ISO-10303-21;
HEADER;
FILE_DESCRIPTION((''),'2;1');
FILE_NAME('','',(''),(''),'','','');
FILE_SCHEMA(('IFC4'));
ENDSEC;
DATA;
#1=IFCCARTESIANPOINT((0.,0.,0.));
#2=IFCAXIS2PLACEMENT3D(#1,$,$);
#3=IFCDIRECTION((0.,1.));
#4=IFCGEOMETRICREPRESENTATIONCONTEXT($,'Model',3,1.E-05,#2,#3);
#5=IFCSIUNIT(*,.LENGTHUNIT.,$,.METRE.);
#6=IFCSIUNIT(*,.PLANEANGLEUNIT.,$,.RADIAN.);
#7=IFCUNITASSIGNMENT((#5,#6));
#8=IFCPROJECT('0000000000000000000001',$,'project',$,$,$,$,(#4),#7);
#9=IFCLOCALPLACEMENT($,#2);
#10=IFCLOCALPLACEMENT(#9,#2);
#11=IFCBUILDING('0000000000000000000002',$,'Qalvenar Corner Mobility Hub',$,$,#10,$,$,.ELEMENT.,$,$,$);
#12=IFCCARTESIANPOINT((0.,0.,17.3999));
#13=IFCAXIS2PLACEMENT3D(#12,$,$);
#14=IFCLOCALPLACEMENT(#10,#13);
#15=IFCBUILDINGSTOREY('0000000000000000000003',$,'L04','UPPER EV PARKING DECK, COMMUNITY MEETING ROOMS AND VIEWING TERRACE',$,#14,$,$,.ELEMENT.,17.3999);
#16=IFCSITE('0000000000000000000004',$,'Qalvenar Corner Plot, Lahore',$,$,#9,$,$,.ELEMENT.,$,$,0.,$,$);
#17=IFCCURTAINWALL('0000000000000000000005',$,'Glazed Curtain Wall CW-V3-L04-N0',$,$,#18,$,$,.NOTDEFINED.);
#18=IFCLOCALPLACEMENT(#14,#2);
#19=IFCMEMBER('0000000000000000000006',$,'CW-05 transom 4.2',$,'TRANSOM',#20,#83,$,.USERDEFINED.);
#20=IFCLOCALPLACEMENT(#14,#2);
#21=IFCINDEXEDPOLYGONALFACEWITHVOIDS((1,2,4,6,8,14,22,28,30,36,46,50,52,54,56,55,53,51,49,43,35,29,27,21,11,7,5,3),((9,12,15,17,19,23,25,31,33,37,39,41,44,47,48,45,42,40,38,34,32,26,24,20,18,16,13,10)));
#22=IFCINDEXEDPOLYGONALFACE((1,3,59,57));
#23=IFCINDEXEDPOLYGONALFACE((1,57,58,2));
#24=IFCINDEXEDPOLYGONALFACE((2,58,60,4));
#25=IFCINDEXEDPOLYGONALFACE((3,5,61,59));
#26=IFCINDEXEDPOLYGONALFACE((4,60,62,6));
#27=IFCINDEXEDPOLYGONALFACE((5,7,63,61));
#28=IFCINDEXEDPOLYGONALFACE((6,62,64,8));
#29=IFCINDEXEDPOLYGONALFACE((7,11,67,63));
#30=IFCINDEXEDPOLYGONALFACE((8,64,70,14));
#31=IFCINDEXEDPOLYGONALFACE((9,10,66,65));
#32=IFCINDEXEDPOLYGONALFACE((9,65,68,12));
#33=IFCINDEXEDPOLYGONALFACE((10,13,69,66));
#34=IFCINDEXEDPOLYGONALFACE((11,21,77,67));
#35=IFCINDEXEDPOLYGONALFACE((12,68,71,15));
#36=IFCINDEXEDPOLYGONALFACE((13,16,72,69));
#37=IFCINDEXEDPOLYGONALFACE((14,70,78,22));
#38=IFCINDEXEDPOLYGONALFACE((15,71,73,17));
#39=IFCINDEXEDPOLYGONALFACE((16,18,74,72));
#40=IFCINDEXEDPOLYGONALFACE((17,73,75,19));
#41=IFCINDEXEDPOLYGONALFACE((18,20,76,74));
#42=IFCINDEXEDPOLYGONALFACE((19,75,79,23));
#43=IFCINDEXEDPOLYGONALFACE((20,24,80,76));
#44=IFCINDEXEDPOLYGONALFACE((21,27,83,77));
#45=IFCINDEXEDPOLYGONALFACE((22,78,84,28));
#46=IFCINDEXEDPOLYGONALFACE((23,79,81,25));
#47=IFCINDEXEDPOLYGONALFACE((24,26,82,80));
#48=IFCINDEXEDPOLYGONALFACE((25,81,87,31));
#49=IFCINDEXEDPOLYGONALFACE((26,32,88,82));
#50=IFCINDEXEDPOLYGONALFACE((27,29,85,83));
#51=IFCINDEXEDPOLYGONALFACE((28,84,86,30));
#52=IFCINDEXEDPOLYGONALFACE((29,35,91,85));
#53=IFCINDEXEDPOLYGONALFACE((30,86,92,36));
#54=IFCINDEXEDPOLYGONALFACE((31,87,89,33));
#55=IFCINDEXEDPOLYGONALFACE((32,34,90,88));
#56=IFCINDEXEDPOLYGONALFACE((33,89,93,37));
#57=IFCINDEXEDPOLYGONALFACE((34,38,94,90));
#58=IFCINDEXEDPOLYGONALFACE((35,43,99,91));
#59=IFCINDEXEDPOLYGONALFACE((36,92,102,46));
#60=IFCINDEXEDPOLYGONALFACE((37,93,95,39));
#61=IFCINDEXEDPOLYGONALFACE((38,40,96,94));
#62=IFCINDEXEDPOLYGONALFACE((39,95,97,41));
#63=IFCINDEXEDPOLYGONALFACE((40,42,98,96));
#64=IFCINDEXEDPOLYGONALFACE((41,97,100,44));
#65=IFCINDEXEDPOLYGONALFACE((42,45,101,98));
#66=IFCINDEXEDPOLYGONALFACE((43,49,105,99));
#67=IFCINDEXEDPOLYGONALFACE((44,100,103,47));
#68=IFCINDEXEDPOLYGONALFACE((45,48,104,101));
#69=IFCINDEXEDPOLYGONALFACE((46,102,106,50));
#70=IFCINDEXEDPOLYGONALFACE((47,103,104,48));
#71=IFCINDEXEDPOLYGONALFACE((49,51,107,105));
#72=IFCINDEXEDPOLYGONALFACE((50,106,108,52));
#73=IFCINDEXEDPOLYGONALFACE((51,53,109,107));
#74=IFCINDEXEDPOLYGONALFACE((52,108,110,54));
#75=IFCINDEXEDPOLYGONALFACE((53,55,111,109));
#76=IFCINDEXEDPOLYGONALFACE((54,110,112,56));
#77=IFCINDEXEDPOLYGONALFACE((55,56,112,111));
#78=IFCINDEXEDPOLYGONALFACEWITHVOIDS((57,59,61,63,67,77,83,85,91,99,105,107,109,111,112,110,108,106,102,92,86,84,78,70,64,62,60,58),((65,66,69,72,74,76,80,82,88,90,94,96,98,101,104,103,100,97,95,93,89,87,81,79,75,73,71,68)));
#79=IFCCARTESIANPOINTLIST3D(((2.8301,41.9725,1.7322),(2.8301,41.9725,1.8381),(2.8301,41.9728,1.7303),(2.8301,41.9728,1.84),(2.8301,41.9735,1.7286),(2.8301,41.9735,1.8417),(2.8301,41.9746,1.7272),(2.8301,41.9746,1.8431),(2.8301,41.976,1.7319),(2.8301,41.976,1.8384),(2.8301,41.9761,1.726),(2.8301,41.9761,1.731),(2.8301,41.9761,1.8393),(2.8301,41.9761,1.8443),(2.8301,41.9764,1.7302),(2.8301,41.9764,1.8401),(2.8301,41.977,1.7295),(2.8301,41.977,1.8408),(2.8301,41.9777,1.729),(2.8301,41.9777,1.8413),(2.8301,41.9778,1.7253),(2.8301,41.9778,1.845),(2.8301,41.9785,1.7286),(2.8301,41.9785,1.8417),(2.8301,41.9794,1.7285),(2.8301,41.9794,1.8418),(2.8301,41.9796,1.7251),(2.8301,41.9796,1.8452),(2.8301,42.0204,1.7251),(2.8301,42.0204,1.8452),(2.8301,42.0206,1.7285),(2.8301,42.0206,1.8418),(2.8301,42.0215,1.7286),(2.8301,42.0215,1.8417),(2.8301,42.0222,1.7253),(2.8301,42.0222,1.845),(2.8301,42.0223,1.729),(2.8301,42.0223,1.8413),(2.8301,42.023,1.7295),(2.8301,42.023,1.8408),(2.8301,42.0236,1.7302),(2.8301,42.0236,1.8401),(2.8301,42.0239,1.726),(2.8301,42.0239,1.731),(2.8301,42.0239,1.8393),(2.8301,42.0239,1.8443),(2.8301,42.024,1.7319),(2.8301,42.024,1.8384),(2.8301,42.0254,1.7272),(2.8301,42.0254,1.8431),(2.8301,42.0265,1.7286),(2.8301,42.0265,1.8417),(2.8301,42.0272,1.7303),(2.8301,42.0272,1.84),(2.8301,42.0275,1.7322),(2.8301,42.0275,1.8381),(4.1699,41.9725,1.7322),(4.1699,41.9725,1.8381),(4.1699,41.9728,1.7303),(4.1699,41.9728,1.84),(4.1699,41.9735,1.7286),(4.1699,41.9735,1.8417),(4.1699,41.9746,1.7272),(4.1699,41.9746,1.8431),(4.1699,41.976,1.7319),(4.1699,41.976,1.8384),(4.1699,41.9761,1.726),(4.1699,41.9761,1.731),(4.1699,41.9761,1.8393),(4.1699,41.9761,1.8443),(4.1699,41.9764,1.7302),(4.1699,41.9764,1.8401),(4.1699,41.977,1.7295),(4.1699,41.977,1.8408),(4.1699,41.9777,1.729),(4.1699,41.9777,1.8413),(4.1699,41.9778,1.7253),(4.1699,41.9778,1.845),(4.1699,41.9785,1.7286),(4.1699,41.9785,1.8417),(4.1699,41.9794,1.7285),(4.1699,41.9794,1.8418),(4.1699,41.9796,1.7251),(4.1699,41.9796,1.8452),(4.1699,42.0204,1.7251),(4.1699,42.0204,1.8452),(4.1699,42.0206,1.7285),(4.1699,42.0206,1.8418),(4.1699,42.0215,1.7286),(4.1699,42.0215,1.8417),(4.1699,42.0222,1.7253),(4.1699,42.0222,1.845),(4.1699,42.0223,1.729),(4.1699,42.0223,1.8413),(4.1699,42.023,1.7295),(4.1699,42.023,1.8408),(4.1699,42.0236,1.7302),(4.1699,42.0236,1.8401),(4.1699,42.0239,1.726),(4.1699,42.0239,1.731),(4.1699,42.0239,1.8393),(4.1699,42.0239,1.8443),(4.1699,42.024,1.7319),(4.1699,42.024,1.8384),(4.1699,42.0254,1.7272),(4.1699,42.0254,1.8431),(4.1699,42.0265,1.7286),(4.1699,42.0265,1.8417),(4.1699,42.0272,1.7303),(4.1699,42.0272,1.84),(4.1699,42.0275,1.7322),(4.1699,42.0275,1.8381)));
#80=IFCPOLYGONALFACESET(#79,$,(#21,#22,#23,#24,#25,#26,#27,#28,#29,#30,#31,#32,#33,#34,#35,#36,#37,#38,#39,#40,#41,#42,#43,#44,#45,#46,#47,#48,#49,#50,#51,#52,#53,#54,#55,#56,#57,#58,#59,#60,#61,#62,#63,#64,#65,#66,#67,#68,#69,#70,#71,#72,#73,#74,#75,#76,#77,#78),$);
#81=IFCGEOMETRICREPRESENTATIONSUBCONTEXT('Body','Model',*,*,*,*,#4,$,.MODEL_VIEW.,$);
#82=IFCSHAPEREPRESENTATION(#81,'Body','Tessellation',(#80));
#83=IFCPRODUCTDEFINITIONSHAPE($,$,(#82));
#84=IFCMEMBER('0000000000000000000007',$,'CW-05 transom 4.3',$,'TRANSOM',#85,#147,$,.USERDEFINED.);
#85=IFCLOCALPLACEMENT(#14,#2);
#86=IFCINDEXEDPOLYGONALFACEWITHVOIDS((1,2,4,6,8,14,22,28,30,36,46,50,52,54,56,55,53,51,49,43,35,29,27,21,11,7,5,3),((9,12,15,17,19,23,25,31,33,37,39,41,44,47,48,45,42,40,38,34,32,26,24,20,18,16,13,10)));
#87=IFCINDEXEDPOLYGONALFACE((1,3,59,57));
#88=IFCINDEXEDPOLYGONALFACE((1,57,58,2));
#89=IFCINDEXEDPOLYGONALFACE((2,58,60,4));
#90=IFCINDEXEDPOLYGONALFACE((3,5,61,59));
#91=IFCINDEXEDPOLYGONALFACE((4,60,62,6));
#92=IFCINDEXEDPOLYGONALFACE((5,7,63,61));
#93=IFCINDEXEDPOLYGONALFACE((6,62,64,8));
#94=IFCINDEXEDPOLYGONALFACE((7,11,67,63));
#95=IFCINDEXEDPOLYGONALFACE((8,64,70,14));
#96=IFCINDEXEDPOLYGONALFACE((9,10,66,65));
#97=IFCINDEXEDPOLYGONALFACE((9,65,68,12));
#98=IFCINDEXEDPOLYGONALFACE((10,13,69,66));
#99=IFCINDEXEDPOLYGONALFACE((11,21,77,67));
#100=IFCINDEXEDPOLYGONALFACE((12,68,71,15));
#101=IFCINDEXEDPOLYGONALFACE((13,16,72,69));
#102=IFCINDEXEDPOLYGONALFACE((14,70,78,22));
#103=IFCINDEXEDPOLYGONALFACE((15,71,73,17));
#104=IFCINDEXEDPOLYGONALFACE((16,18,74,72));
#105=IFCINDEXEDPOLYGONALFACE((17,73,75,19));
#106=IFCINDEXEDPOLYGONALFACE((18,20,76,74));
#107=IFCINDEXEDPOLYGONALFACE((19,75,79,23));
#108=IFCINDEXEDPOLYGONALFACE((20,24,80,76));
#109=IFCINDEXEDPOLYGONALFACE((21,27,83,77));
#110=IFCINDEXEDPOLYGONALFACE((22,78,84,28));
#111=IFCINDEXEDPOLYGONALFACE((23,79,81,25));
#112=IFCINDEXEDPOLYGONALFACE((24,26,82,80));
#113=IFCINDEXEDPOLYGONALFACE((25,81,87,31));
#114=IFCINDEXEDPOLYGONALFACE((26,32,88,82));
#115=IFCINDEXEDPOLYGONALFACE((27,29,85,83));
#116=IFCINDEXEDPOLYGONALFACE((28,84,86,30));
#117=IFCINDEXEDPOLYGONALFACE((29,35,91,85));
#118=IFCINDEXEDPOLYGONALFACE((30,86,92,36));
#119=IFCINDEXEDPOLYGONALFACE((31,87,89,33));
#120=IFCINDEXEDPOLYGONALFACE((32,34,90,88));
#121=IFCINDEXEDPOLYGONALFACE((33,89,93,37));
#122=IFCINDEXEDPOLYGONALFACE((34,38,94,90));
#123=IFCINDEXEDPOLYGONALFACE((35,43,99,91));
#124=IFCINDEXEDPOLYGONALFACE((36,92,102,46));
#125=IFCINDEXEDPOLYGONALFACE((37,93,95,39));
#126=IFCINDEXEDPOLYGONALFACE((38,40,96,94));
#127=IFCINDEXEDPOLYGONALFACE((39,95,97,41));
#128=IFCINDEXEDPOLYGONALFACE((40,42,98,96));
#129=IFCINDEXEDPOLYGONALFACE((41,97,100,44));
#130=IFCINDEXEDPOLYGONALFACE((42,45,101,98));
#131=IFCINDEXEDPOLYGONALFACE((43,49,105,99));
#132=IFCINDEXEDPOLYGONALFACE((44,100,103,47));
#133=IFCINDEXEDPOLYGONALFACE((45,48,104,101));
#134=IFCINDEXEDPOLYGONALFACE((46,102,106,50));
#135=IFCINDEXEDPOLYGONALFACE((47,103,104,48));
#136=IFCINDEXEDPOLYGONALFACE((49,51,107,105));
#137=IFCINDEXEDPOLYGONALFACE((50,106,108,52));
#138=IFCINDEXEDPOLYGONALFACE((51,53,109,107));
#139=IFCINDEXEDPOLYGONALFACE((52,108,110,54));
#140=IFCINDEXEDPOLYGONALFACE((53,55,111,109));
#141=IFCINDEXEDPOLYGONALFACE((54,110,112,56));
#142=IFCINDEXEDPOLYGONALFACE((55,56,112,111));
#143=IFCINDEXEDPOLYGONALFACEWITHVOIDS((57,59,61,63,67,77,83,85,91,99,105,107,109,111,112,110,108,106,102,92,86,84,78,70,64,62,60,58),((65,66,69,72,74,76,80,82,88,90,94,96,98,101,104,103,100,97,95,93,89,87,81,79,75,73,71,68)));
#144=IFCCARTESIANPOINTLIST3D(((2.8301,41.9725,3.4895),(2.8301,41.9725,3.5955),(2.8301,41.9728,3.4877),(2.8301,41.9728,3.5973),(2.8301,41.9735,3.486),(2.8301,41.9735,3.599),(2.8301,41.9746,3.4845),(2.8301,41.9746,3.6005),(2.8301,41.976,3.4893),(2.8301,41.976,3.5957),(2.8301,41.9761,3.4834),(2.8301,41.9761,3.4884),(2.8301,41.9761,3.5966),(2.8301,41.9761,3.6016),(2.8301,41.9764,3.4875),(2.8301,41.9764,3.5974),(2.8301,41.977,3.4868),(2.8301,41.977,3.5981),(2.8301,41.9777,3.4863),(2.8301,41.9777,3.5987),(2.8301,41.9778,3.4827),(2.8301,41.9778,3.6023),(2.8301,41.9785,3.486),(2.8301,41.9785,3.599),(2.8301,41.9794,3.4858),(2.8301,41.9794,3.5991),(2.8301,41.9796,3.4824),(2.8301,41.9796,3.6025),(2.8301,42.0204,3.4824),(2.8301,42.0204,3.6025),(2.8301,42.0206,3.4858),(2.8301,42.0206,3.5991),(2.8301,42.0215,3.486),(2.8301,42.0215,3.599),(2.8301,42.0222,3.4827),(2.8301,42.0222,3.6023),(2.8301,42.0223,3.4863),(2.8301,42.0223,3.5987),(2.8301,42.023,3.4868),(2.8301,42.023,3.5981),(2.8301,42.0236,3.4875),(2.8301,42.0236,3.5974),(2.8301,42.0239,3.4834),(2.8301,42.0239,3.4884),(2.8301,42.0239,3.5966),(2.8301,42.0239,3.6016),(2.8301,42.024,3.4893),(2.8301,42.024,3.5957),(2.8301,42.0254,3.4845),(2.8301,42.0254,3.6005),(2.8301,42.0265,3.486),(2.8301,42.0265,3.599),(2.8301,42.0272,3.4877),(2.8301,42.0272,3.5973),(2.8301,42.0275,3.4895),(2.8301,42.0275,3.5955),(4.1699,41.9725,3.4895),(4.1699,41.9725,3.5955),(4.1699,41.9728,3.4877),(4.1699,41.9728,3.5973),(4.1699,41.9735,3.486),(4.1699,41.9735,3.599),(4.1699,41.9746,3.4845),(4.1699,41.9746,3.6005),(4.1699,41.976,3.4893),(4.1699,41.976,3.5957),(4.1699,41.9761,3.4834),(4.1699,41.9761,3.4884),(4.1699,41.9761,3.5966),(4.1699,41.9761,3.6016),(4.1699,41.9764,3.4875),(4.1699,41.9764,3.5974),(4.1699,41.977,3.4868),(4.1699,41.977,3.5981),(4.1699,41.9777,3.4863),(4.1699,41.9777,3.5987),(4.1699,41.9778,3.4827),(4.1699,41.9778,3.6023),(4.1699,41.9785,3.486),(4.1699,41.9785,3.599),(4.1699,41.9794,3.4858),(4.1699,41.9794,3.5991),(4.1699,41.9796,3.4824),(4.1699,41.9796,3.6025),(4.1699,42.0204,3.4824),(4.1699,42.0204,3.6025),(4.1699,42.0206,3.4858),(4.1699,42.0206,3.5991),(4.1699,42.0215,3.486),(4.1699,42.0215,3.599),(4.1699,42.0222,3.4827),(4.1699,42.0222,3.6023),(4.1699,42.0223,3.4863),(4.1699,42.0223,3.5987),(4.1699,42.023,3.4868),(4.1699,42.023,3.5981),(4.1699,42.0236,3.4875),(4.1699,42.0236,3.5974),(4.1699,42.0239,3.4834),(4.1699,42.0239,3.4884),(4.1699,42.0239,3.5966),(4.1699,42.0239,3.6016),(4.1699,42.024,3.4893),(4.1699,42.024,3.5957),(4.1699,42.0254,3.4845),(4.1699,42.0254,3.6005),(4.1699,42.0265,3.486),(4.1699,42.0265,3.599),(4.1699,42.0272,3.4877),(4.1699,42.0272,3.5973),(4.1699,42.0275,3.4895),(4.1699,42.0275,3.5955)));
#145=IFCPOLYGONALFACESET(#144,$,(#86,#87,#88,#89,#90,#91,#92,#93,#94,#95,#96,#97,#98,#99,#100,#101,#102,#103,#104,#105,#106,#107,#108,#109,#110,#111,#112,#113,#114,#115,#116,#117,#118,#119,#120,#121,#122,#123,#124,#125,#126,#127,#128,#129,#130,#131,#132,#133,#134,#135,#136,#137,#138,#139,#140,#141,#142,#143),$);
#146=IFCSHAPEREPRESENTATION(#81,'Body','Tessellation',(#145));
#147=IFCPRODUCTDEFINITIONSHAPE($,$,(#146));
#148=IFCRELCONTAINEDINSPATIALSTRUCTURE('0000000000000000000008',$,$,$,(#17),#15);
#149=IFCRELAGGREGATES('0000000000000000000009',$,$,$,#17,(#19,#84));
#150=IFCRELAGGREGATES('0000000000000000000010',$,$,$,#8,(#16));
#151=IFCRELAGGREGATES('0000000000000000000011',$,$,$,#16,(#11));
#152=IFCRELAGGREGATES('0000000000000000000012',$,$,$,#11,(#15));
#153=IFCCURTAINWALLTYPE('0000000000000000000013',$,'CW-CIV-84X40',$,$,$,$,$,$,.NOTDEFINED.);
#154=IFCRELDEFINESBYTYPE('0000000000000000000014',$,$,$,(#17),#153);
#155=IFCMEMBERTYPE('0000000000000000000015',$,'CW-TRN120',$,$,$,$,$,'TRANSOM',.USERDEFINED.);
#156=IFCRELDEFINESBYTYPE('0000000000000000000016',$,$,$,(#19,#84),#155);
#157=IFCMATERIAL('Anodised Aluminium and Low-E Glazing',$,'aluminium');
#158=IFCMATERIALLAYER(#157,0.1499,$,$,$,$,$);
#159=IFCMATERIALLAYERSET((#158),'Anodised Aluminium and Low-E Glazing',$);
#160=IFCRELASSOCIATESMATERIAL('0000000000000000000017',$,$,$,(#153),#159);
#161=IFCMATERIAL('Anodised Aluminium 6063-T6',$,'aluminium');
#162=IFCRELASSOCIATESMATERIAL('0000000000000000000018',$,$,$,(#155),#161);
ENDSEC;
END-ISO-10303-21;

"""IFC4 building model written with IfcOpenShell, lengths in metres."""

from ifc_helpers import new_model, si_unit, direction, frame, origin, origin_2d, place, context, subcontext, project, spatial, hollow_rectangle, extrude, material, layer, layer_set, material_profile, profile_set, type_object, element, aggregate, save


model = new_model("IFC4")

# Units and contexts
model_context = context("Model", 3, precision=1e-05, world=origin(), true_north=direction((0.0, 1.0)))
body_context = subcontext(model_context, "Body", "Model", "MODEL_VIEW")
ifc_project = project(units=[si_unit("LENGTHUNIT", "METRE"), si_unit("PLANEANGLEUNIT", "RADIAN")], contexts=[model_context])

# Site, building, storey
site_placement = place(None, origin())
site = spatial("IfcSite", under=ifc_project, at=site_placement, Name="Qalvenar Corner Plot, Lahore", CompositionType="ELEMENT", RefElevation=0.0)
building_placement = place(site_placement, origin())
building = spatial("IfcBuilding", under=site, at=building_placement, Name="Qalvenar Corner Mobility Hub", CompositionType="ELEMENT")
storey_placement = place(building_placement, frame((0.0, 0.0, 17.3999)))
storey = spatial("IfcBuildingStorey", under=building, at=storey_placement, Name="L04", Description="UPPER EV PARKING DECK, COMMUNITY MEETING ROOMS AND VIEWING TERRACE", CompositionType="ELEMENT", Elevation=17.3999)

# Curtain wall, members
ifc_material_1 = material(Name="Anodised Aluminium and Low-E Glazing", Category="aluminium")
ifc_layer_1 = layer(ifc_material_1, 0.1499)
ifc_layer_set_1 = layer_set([ifc_layer_1], Name="Anodised Aluminium and Low-E Glazing")
curtain_wall_type = type_object("IfcCurtainWallType", Name="CW-CIV-84X40", PredefinedType="NOTDEFINED", material=ifc_layer_set_1)
curtain_wall_placement = place(storey_placement, origin())
curtain_wall = element("IfcCurtainWall", 1, at=curtain_wall_placement, inside=storey, type_object=curtain_wall_type, Name="Glazed Curtain Wall CW-V3-L04-N0", PredefinedType="NOTDEFINED")
ifc_material_2 = material(Name="Anodised Aluminium 6063-T6", Category="aluminium")
ifc_material_profile_1 = material_profile(ifc_material_2, hollow_rectangle(XDim=0.0549, YDim=0.1201, WallThickness=0.0034, InnerFilletRadius=0.0034, OuterFilletRadius=0.0071, at=origin_2d()), Name="RHS120x55x3.5")
ifc_profile_set_1 = profile_set([ifc_material_profile_1], Name="Anodised Aluminium 6063-T6")
member_type_1 = type_object("IfcMemberType", Name="CW-TRN120", ElementType="TRANSOM", PredefinedType="USERDEFINED", material=ifc_profile_set_1)
member_1_placement = place(storey_placement, frame((4.1699, 42.0, 1.7852), z_axis=(-1.0, 0.0, 0.0), x_axis=(0.0, -1.0, 0.0)))
member_1 = element("IfcMember", 2, at=member_1_placement, type_object=member_type_1, Name="CW-05 transom 4.2", ObjectType="TRANSOM", PredefinedType="USERDEFINED", context=body_context, shape_type="SweptSolid", body=[
    extrude(hollow_rectangle(XDim=0.0549, YDim=0.1201, WallThickness=0.0034, InnerFilletRadius=0.0034, OuterFilletRadius=0.0071, at=origin_2d()), origin(), (0.0, 0.0, 1.0), 1.3398),
])
member_2_placement = place(storey_placement, frame((4.1699, 42.0, 3.5425), z_axis=(-1.0, 0.0, 0.0), x_axis=(0.0, -1.0, 0.0)))
member_2 = element("IfcMember", 3, at=member_2_placement, type_object=member_type_1, Name="CW-05 transom 4.3", ObjectType="TRANSOM", PredefinedType="USERDEFINED", context=body_context, shape_type="SweptSolid", body=[
    extrude(hollow_rectangle(XDim=0.0549, YDim=0.1201, WallThickness=0.0034, InnerFilletRadius=0.0034, OuterFilletRadius=0.0071, at=origin_2d()), origin(), (0.0, 0.0, 1.0), 1.3398),
])
aggregate(curtain_wall, [member_1, member_2])

save(model, "model.ifc")
